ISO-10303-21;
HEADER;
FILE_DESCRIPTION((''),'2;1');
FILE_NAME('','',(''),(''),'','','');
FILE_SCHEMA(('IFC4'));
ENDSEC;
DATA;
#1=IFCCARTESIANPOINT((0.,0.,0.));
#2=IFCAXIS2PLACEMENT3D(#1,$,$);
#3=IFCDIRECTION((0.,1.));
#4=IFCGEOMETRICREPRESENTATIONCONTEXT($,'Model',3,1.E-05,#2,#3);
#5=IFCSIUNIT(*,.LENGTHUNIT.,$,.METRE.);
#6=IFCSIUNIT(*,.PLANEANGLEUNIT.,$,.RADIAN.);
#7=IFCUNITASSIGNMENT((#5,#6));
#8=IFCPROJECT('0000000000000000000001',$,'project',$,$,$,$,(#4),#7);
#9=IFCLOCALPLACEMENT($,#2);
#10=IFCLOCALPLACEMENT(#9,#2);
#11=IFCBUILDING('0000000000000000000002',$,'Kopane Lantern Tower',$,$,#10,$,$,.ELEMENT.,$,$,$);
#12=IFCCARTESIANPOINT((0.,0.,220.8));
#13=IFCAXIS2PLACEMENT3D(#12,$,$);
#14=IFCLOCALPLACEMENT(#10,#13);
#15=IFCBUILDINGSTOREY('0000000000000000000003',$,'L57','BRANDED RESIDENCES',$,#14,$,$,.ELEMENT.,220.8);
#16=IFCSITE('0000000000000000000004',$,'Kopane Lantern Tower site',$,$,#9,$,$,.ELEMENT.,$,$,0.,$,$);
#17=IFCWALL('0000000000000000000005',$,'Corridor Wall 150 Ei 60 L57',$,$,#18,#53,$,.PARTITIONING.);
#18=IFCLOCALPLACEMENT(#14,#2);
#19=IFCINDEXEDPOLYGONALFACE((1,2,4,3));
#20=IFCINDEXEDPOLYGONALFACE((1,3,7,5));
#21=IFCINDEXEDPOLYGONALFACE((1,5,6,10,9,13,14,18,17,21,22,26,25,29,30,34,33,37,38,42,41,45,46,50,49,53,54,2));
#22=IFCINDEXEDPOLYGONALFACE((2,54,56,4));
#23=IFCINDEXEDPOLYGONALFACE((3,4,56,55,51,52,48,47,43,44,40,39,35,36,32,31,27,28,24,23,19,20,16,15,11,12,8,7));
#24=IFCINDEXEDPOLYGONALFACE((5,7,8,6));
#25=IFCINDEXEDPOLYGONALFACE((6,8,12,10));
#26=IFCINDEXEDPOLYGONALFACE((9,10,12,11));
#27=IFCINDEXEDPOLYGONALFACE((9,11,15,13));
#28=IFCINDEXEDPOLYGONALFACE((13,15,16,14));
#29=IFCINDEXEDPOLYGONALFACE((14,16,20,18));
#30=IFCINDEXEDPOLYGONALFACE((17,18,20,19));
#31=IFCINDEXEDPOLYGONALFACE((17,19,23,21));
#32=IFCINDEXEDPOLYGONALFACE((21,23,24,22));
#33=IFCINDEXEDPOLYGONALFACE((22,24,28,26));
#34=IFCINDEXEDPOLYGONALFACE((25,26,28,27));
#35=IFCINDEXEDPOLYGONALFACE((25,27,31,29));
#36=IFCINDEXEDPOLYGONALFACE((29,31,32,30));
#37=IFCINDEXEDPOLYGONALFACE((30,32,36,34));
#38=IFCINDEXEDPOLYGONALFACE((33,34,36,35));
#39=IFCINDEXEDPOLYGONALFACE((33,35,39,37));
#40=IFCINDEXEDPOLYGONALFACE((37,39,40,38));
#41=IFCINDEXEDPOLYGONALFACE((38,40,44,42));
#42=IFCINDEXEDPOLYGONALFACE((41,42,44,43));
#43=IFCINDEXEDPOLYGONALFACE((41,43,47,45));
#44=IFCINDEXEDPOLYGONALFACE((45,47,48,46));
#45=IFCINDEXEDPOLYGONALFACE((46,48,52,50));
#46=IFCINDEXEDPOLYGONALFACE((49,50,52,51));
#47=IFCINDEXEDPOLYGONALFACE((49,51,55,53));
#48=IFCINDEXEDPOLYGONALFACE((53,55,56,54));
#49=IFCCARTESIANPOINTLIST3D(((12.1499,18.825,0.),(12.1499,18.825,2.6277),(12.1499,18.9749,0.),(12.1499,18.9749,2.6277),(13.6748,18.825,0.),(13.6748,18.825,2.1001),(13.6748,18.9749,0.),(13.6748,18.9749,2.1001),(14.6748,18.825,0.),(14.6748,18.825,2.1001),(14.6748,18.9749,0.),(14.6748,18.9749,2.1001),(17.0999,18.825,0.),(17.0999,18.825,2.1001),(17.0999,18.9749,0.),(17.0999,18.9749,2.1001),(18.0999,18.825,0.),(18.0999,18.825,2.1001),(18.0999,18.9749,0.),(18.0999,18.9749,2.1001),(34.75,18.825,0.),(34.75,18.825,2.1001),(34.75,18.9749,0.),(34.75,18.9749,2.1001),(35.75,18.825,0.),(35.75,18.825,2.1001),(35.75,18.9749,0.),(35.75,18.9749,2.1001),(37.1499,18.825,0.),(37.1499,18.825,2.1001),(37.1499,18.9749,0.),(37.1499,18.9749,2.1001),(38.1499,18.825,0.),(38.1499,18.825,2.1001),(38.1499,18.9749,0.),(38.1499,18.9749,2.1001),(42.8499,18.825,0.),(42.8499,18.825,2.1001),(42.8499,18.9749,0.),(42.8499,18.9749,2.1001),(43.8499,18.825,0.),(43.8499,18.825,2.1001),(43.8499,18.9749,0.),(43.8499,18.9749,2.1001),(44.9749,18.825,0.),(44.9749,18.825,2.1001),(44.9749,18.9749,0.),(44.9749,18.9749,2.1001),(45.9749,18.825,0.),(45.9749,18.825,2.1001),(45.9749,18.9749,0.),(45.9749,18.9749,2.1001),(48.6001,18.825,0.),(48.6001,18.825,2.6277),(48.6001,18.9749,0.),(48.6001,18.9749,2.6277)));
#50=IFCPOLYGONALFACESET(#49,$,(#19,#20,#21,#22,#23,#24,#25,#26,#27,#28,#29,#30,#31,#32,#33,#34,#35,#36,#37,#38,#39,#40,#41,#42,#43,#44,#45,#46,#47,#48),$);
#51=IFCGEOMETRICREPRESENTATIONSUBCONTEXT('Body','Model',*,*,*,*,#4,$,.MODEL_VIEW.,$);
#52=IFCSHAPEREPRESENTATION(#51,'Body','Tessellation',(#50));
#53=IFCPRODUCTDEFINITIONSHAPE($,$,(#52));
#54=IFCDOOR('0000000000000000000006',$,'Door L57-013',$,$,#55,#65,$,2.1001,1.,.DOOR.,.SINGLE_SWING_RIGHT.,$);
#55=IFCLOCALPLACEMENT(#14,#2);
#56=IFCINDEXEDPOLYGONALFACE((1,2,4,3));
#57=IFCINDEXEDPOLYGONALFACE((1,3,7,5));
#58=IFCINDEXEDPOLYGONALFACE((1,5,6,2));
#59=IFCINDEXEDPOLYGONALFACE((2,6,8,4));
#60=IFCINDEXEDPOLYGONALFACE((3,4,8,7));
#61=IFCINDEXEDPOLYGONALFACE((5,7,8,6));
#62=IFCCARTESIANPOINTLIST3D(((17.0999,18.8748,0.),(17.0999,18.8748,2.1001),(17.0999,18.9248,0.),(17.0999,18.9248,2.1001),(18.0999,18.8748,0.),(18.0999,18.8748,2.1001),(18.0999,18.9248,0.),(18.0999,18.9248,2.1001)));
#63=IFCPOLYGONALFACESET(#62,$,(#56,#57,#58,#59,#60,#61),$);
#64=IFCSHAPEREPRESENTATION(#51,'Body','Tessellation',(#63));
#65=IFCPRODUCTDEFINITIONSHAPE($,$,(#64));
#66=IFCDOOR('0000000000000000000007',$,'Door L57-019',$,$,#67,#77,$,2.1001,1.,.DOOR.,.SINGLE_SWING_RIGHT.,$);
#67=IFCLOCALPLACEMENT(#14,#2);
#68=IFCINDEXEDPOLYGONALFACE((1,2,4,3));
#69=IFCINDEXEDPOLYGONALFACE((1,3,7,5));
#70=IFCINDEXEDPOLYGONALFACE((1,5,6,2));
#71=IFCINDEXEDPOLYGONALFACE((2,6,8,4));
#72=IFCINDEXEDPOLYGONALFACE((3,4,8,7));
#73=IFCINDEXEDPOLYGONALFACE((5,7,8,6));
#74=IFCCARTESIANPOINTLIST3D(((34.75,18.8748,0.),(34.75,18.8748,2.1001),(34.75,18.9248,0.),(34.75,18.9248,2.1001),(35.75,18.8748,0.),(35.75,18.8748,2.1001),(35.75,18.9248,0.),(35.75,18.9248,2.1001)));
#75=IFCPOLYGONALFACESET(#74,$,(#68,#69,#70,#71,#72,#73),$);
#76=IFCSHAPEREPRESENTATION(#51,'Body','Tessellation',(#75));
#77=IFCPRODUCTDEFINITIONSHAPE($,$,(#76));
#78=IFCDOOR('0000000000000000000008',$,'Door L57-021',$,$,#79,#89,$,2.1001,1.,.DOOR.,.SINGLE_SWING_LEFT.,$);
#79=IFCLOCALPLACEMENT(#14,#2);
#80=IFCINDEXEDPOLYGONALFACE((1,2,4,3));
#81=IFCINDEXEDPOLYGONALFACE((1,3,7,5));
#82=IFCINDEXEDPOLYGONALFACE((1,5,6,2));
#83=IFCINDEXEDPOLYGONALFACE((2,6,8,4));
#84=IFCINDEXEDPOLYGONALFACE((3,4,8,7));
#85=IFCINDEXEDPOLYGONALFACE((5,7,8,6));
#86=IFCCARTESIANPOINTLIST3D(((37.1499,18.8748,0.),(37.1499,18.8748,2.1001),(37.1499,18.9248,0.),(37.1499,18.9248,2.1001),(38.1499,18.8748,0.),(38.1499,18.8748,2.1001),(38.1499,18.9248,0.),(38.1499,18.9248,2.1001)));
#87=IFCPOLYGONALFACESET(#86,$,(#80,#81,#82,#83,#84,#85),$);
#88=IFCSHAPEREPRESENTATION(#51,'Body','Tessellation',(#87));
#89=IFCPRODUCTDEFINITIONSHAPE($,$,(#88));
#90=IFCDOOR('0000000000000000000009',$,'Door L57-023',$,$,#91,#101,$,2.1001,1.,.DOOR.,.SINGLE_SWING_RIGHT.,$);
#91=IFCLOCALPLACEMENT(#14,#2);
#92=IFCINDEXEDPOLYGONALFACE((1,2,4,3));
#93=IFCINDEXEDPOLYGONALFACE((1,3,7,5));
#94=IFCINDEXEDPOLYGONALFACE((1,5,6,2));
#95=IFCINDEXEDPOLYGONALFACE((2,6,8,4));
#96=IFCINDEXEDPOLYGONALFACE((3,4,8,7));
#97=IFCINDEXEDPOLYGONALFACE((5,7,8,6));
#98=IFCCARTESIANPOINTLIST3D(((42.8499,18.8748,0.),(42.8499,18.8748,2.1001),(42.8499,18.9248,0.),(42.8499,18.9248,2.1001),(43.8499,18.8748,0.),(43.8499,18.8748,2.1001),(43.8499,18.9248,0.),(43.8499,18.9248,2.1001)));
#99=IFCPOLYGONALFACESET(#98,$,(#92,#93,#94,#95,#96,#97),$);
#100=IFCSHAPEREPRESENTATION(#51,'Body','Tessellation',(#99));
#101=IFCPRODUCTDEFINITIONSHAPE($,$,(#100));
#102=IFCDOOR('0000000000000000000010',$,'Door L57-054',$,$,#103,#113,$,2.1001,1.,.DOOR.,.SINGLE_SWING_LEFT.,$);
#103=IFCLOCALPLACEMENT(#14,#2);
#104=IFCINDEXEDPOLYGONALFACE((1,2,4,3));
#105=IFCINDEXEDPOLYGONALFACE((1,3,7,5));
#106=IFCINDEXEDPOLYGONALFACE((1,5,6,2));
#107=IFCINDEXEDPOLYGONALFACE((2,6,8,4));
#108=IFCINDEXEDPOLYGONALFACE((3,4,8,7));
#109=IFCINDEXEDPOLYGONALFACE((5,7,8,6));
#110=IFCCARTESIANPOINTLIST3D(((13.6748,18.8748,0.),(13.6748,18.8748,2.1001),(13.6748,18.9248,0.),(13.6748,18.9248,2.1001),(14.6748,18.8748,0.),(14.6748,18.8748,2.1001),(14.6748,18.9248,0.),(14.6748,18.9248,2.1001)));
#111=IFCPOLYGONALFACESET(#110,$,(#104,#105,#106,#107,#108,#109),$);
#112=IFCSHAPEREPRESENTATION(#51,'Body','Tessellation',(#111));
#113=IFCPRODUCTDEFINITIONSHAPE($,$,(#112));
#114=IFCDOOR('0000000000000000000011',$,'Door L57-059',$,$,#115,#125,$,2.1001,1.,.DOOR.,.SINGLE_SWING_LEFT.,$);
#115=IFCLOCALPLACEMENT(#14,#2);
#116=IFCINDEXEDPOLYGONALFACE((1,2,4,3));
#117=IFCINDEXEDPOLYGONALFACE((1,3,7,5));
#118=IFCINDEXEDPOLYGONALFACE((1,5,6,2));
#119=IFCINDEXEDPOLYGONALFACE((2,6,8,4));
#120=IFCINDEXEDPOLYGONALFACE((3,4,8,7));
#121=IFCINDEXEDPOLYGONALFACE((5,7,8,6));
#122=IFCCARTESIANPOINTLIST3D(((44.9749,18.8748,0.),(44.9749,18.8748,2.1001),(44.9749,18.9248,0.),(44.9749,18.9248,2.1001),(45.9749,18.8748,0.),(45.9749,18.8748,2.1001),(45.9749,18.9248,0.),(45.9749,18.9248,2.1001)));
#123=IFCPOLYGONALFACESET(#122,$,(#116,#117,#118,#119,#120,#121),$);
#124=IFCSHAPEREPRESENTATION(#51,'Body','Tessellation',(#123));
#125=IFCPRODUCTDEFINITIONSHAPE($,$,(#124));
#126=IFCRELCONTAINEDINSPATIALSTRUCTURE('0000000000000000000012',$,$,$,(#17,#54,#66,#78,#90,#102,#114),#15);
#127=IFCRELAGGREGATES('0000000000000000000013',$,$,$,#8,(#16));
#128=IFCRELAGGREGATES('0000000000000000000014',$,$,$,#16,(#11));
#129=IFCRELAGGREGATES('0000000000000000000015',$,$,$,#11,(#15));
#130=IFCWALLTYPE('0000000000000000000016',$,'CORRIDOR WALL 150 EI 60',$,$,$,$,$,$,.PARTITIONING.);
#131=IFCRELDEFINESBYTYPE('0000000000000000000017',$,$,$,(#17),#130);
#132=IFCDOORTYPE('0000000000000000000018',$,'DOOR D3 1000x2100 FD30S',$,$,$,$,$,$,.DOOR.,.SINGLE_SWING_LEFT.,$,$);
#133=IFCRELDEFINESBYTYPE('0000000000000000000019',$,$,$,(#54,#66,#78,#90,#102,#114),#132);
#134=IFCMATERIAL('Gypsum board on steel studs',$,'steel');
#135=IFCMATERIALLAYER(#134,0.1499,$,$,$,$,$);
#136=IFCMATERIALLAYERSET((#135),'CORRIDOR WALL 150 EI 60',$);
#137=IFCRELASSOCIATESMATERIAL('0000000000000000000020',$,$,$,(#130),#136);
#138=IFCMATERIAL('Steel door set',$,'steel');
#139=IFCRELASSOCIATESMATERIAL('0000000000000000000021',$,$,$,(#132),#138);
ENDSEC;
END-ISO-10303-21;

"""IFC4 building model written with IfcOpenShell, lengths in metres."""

from ifc_helpers import new_model, si_unit, direction, frame, frame_2d, origin, place, context, subcontext, project, spatial, rectangle, extrude, material, layer, layer_set, type_object, element, fill, save


model = new_model("IFC4")

# Units and contexts
model_context = context("Model", 3, precision=1e-05, world=origin(), true_north=direction((0.0, 1.0)))
body_context = subcontext(model_context, "Body", "Model", "MODEL_VIEW")
ifc_project = project(units=[si_unit("LENGTHUNIT", "METRE"), si_unit("PLANEANGLEUNIT", "RADIAN")], contexts=[model_context])

# Site, building, storey
site_placement = place(None, origin())
site = spatial("IfcSite", under=ifc_project, at=site_placement, Name="Kopane Lantern Tower site", CompositionType="ELEMENT", RefElevation=0.0)
building_placement = place(site_placement, origin())
building = spatial("IfcBuilding", under=site, at=building_placement, Name="Kopane Lantern Tower", CompositionType="ELEMENT")
storey_placement = place(building_placement, frame((0.0, 0.0, 220.8)))
storey = spatial("IfcBuildingStorey", under=building, at=storey_placement, Name="L57", Description="BRANDED RESIDENCES", CompositionType="ELEMENT", Elevation=220.8)

# Wall, openings, doors
ifc_material_1 = material(Name="Gypsum board on steel studs", Category="steel")
ifc_layer_1 = layer(ifc_material_1, 0.1499)
ifc_layer_set_1 = layer_set([ifc_layer_1], Name="CORRIDOR WALL 150 EI 60")
wall_type_1 = type_object("IfcWallType", Name="CORRIDOR WALL 150 EI 60", PredefinedType="PARTITIONING", material=ifc_layer_set_1)
wall_1_placement = place(storey_placement, frame((12.1499, 18.8999, 0.0), z_axis=(0.0, 0.0, 1.0), x_axis=(1.0, 0.0, 0.0)))
wall_1 = element("IfcWall", 1, at=wall_1_placement, inside=storey, type_object=wall_type_1, Name="Corridor Wall 150 Ei 60 L57", PredefinedType="PARTITIONING", context=body_context, shape_type="SweptSolid", body=[
    extrude(rectangle(XDim=36.4502, YDim=0.1499, at=frame_2d((18.2251, 0.0))), origin(), (0.0, 0.0, 1.0), 2.6277),
])
opening_1_placement = place(wall_1_placement, frame((4.95, 0.0, 0.0)))
opening_1 = element("IfcOpeningElement", 2, at=opening_1_placement, cuts=wall_1, PredefinedType="OPENING", context=body_context, shape_type="SweptSolid", body=[
    extrude(rectangle(XDim=1.0, YDim=2.1001, at=frame_2d((0.5, 1.05))), frame((0.0, 0.085, 0.0), z_axis=(0.0, -1.0, 0.0), x_axis=(1.0, 0.0, 0.0)), (0.0, 0.0, 1.0), 0.1699),
])
opening_2_placement = place(wall_1_placement, frame((22.6001, 0.0, 0.0)))
opening_2 = element("IfcOpeningElement", 3, at=opening_2_placement, cuts=wall_1, PredefinedType="OPENING", context=body_context, shape_type="SweptSolid", body=[
    extrude(rectangle(XDim=1.0, YDim=2.1001, at=frame_2d((0.5, 1.05))), frame((0.0, 0.085, 0.0), z_axis=(0.0, -1.0, 0.0), x_axis=(1.0, 0.0, 0.0)), (0.0, 0.0, 1.0), 0.1699),
])
opening_3_placement = place(wall_1_placement, frame((25.0, 0.0, 0.0)))
opening_3 = element("IfcOpeningElement", 4, at=opening_3_placement, cuts=wall_1, PredefinedType="OPENING", context=body_context, shape_type="SweptSolid", body=[
    extrude(rectangle(XDim=1.0, YDim=2.1001, at=frame_2d((0.5, 1.05))), frame((0.0, 0.085, 0.0), z_axis=(0.0, -1.0, 0.0), x_axis=(1.0, 0.0, 0.0)), (0.0, 0.0, 1.0), 0.1699),
])
opening_4_placement = place(wall_1_placement, frame((30.7, 0.0, 0.0)))
opening_4 = element("IfcOpeningElement", 5, at=opening_4_placement, cuts=wall_1, PredefinedType="OPENING", context=body_context, shape_type="SweptSolid", body=[
    extrude(rectangle(XDim=1.0, YDim=2.1001, at=frame_2d((0.5, 1.05))), frame((0.0, 0.085, 0.0), z_axis=(0.0, -1.0, 0.0), x_axis=(1.0, 0.0, 0.0)), (0.0, 0.0, 1.0), 0.1699),
])
opening_5_placement = place(wall_1_placement, frame((1.5249, 0.0, 0.0)))
opening_5 = element("IfcOpeningElement", 6, at=opening_5_placement, cuts=wall_1, PredefinedType="OPENING", context=body_context, shape_type="SweptSolid", body=[
    extrude(rectangle(XDim=1.0, YDim=2.1001, at=frame_2d((0.5, 1.05))), frame((0.0, 0.085, 0.0), z_axis=(0.0, -1.0, 0.0), x_axis=(1.0, 0.0, 0.0)), (0.0, 0.0, 1.0), 0.1699),
])
opening_6_placement = place(wall_1_placement, frame((32.825, 0.0, 0.0)))
opening_6 = element("IfcOpeningElement", 7, at=opening_6_placement, cuts=wall_1, PredefinedType="OPENING", context=body_context, shape_type="SweptSolid", body=[
    extrude(rectangle(XDim=1.0, YDim=2.1001, at=frame_2d((0.5, 1.05))), frame((0.0, 0.085, 0.0), z_axis=(0.0, -1.0, 0.0), x_axis=(1.0, 0.0, 0.0)), (0.0, 0.0, 1.0), 0.1699),
])
ifc_material_2 = material(Name="Steel door set", Category="steel")
door_type_1 = type_object("IfcDoorType", Name="DOOR D3 1000x2100 FD30S", OperationType="SINGLE_SWING_LEFT", PredefinedType="DOOR", material=ifc_material_2)
door_1_placement = place(opening_1_placement, origin())
door_1 = element("IfcDoor", 8, at=door_1_placement, inside=storey, type_object=door_type_1, Name="Door L57-013", OperationType="SINGLE_SWING_RIGHT", OverallHeight=2.1001, OverallWidth=1.0, PredefinedType="DOOR", context=body_context, shape_type="SweptSolid", body=[
    extrude(rectangle(XDim=1.0, YDim=2.1001, at=frame_2d((0.5, 1.05))), frame((0.0, 0.0249, 0.0), z_axis=(0.0, -1.0, 0.0), x_axis=(1.0, 0.0, 0.0)), (0.0, 0.0, 1.0), 0.05),
])
fill(opening_1, door_1)
door_2_placement = place(opening_2_placement, origin())
door_2 = element("IfcDoor", 9, at=door_2_placement, inside=storey, type_object=door_type_1, Name="Door L57-019", OperationType="SINGLE_SWING_RIGHT", OverallHeight=2.1001, OverallWidth=1.0, PredefinedType="DOOR", context=body_context, shape_type="SweptSolid", body=[
    extrude(rectangle(XDim=1.0, YDim=2.1001, at=frame_2d((0.5, 1.05))), frame((0.0, 0.0249, 0.0), z_axis=(0.0, -1.0, 0.0), x_axis=(1.0, 0.0, 0.0)), (0.0, 0.0, 1.0), 0.05),
])
fill(opening_2, door_2)
door_3_placement = place(opening_3_placement, origin())
door_3 = element("IfcDoor", 10, at=door_3_placement, inside=storey, type_object=door_type_1, Name="Door L57-021", OperationType="SINGLE_SWING_LEFT", OverallHeight=2.1001, OverallWidth=1.0, PredefinedType="DOOR", context=body_context, shape_type="SweptSolid", body=[
    extrude(rectangle(XDim=1.0, YDim=2.1001, at=frame_2d((0.5, 1.05))), frame((0.0, 0.0249, 0.0), z_axis=(0.0, -1.0, 0.0), x_axis=(1.0, 0.0, 0.0)), (0.0, 0.0, 1.0), 0.05),
])
fill(opening_3, door_3)
door_4_placement = place(opening_4_placement, origin())
door_4 = element("IfcDoor", 11, at=door_4_placement, inside=storey, type_object=door_type_1, Name="Door L57-023", OperationType="SINGLE_SWING_RIGHT", OverallHeight=2.1001, OverallWidth=1.0, PredefinedType="DOOR", context=body_context, shape_type="SweptSolid", body=[
    extrude(rectangle(XDim=1.0, YDim=2.1001, at=frame_2d((0.5, 1.05))), frame((0.0, 0.0249, 0.0), z_axis=(0.0, -1.0, 0.0), x_axis=(1.0, 0.0, 0.0)), (0.0, 0.0, 1.0), 0.05),
])
fill(opening_4, door_4)
door_5_placement = place(opening_5_placement, origin())
door_5 = element("IfcDoor", 12, at=door_5_placement, inside=storey, type_object=door_type_1, Name="Door L57-054", OperationType="SINGLE_SWING_LEFT", OverallHeight=2.1001, OverallWidth=1.0, PredefinedType="DOOR", context=body_context, shape_type="SweptSolid", body=[
    extrude(rectangle(XDim=1.0, YDim=2.1001, at=frame_2d((0.5, 1.05))), frame((0.0, 0.0249, 0.0), z_axis=(0.0, -1.0, 0.0), x_axis=(1.0, 0.0, 0.0)), (0.0, 0.0, 1.0), 0.05),
])
fill(opening_5, door_5)
door_6_placement = place(opening_6_placement, origin())
door_6 = element("IfcDoor", 13, at=door_6_placement, inside=storey, type_object=door_type_1, Name="Door L57-059", OperationType="SINGLE_SWING_LEFT", OverallHeight=2.1001, OverallWidth=1.0, PredefinedType="DOOR", context=body_context, shape_type="SweptSolid", body=[
    extrude(rectangle(XDim=1.0, YDim=2.1001, at=frame_2d((0.5, 1.05))), frame((0.0, 0.0249, 0.0), z_axis=(0.0, -1.0, 0.0), x_axis=(1.0, 0.0, 0.0)), (0.0, 0.0, 1.0), 0.05),
])
fill(opening_6, door_6)

save(model, "model.ifc")
